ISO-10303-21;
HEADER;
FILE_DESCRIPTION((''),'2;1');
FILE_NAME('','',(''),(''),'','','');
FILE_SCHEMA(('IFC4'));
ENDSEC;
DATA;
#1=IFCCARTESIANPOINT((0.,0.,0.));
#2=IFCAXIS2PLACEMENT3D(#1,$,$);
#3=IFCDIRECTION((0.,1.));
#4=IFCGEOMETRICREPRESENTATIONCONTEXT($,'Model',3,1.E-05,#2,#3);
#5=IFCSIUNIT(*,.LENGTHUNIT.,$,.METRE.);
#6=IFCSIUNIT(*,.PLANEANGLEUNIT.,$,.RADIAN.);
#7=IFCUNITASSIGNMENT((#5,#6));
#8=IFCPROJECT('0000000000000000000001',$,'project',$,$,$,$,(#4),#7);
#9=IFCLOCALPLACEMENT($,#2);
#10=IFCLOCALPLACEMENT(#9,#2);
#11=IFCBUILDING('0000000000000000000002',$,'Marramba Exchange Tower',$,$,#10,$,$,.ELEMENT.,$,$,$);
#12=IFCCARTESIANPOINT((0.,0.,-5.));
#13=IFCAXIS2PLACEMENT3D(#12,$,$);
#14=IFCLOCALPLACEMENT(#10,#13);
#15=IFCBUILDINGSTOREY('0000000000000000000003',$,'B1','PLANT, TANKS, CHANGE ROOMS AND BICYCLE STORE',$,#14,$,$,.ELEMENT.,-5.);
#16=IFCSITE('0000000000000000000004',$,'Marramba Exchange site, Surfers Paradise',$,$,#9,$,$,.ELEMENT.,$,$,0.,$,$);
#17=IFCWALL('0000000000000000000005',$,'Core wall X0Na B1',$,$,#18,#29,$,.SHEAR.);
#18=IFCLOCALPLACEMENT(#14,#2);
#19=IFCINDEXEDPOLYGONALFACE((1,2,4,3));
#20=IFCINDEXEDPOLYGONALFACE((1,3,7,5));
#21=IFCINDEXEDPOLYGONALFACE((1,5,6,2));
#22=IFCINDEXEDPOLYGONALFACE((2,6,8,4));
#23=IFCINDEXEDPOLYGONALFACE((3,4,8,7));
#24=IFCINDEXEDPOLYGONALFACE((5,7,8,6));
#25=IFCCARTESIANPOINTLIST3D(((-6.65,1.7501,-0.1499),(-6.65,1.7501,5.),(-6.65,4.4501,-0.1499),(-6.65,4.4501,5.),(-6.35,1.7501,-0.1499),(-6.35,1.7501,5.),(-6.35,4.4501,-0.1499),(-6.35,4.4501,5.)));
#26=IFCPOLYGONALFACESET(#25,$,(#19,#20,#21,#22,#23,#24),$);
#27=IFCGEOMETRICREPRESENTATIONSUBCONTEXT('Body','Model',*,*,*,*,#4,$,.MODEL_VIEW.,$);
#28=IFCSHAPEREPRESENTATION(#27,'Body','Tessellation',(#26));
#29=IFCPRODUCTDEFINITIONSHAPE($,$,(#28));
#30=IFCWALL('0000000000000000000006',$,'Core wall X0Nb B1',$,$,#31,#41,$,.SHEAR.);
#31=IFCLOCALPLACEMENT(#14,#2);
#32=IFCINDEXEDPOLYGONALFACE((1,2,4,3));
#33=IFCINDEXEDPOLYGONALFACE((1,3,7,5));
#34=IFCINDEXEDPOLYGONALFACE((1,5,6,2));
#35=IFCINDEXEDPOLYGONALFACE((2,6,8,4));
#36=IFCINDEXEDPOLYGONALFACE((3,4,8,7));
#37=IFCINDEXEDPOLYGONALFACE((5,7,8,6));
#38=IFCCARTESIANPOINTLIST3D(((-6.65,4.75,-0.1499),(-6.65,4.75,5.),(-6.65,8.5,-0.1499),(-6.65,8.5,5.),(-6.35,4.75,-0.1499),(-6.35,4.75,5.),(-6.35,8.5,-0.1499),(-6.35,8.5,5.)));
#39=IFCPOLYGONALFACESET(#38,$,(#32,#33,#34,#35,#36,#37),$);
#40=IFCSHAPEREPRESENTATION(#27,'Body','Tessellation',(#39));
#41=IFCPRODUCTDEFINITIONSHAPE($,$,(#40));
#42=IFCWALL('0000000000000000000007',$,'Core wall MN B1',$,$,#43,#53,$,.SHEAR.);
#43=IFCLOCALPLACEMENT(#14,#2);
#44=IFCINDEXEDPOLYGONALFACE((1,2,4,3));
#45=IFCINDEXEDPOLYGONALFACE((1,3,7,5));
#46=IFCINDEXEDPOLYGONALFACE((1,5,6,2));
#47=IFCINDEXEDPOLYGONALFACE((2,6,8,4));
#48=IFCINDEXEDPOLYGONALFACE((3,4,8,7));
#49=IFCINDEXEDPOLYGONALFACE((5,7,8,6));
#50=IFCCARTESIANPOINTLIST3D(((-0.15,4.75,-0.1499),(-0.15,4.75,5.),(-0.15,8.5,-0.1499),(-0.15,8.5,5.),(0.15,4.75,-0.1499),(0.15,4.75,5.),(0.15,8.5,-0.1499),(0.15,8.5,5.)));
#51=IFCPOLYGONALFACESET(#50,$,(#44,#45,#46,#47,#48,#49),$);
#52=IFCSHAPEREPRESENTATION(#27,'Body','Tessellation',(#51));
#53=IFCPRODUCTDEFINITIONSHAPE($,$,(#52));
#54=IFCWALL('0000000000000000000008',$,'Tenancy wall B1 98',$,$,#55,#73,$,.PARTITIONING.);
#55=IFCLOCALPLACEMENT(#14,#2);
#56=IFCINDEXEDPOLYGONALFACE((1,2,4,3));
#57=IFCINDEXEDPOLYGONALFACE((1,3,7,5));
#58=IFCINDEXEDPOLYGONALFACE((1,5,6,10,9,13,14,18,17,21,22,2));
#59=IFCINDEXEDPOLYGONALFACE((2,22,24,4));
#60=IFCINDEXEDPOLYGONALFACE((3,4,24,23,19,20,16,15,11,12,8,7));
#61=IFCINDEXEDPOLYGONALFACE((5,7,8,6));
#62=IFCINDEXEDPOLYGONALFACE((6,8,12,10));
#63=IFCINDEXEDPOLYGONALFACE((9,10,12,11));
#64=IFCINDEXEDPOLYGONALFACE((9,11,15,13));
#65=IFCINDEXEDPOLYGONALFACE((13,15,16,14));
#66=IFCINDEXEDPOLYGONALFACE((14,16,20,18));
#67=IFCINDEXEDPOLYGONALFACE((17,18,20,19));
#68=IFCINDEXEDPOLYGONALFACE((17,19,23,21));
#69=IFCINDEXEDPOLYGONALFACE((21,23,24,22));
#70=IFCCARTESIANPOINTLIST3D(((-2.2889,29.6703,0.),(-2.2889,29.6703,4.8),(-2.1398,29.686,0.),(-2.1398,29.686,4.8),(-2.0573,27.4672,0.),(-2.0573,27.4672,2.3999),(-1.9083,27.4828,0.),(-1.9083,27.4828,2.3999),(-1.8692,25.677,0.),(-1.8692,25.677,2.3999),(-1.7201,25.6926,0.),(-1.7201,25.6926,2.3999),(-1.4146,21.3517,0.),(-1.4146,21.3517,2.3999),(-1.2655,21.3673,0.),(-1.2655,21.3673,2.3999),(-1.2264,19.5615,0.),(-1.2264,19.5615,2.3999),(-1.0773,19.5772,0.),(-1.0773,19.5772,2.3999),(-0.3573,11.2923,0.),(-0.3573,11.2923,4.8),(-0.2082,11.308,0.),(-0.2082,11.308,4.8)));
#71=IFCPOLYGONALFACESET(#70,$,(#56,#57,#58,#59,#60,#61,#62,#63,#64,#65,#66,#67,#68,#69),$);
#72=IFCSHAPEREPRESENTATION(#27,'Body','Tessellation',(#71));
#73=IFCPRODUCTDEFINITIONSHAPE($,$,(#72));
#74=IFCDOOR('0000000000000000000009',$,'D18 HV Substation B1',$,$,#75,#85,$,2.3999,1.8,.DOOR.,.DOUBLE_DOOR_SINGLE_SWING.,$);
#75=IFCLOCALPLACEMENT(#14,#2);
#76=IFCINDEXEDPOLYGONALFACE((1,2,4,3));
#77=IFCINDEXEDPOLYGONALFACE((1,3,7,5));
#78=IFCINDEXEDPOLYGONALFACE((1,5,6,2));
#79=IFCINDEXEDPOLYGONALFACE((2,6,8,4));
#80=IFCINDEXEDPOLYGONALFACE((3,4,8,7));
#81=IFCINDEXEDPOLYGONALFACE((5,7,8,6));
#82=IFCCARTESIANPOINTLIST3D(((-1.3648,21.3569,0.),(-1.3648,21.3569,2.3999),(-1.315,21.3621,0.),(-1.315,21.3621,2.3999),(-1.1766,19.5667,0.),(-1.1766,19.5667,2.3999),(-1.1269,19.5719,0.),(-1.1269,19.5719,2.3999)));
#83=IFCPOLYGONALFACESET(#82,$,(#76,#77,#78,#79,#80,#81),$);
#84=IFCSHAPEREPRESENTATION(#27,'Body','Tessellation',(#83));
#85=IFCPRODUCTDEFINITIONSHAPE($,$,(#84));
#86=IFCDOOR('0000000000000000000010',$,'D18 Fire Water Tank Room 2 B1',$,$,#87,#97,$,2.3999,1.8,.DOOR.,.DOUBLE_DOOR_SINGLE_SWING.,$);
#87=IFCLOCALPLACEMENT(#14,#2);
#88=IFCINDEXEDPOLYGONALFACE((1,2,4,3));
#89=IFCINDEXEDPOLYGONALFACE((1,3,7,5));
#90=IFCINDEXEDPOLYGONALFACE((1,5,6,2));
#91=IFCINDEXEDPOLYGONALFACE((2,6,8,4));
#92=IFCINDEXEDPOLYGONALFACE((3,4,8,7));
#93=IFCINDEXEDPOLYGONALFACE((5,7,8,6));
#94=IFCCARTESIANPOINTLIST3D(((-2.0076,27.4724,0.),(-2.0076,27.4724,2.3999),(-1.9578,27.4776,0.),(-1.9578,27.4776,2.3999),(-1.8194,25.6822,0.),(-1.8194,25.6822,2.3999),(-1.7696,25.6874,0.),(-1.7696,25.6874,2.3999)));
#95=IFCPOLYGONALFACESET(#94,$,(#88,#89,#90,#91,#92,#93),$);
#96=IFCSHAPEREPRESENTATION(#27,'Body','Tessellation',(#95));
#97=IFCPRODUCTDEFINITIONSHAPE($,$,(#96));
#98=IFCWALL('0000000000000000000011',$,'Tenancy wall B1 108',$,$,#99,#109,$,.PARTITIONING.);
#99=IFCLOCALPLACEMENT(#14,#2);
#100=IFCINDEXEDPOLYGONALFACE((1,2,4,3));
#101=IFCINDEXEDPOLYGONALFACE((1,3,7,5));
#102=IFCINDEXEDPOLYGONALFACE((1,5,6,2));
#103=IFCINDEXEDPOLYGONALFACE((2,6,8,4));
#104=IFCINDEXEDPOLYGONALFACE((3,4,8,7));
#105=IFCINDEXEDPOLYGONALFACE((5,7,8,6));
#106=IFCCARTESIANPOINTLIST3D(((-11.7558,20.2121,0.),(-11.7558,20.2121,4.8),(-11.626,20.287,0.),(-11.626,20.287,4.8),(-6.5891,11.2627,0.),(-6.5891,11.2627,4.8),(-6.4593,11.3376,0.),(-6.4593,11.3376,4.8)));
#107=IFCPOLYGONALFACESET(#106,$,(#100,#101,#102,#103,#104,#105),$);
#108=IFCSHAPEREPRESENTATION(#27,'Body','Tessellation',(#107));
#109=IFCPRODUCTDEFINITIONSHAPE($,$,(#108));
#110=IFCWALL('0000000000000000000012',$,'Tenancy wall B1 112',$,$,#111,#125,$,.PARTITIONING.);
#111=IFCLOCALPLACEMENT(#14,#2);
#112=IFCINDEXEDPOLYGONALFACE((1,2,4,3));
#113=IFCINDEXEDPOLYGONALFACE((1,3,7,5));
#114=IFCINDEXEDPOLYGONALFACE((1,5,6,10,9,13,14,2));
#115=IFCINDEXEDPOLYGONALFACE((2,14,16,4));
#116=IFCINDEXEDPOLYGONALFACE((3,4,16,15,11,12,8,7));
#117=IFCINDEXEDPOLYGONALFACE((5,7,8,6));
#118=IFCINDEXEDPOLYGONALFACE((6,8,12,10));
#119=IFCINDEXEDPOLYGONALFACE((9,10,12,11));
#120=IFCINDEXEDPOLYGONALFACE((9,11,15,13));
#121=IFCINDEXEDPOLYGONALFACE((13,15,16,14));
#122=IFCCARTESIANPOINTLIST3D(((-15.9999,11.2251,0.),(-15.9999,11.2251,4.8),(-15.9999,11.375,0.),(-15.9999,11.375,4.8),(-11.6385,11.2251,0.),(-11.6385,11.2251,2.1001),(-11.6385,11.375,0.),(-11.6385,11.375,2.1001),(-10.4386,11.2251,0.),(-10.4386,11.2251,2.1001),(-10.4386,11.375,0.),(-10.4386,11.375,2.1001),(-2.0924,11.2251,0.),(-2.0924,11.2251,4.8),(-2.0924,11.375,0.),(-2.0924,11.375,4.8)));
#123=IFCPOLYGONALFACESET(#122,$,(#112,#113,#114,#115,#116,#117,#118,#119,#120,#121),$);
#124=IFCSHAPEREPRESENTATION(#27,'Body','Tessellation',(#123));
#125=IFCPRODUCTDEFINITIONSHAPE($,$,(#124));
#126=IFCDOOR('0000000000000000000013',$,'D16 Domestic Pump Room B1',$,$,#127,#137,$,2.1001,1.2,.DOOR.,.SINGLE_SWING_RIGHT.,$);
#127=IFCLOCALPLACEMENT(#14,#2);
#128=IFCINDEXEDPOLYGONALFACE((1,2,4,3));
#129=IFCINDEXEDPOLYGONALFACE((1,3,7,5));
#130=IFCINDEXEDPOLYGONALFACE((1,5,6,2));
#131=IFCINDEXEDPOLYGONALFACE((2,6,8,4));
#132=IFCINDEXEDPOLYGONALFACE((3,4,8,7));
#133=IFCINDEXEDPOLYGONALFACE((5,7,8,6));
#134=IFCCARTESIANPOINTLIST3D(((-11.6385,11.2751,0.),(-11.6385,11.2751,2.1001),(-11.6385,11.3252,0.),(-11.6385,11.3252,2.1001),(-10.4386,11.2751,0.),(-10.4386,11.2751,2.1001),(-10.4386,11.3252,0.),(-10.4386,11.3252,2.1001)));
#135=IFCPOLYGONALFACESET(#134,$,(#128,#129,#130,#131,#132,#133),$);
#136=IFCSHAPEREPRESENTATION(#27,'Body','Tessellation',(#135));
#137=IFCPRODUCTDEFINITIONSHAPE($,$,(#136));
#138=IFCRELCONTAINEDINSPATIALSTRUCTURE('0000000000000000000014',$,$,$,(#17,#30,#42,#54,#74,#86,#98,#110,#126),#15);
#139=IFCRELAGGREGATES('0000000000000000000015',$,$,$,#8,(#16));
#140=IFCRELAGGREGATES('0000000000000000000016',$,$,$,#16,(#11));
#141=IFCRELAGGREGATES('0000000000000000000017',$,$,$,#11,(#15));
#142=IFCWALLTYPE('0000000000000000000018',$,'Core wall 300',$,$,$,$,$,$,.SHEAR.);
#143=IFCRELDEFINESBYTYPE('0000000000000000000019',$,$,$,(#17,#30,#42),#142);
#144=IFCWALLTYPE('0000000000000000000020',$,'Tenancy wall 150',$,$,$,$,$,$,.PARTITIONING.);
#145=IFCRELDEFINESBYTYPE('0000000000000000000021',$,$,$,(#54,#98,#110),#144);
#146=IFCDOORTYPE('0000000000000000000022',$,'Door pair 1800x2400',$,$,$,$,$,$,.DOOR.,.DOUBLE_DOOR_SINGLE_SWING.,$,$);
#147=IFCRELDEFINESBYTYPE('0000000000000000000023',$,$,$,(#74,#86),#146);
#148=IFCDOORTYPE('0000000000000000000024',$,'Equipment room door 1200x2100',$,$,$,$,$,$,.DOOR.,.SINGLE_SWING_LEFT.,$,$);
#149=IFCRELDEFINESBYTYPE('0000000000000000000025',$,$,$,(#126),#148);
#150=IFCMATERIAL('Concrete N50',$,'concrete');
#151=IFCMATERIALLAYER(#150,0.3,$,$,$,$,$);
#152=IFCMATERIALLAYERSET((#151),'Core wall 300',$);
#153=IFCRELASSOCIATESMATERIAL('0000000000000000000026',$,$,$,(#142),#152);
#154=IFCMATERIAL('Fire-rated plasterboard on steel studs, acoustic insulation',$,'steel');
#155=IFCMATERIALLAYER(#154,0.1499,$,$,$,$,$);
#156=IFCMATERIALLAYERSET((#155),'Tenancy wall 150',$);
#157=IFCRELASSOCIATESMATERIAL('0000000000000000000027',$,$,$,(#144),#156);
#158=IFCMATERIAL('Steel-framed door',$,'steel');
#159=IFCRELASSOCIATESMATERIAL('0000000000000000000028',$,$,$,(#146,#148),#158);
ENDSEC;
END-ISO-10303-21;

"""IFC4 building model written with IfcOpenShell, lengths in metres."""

from ifc_helpers import new_model, si_unit, direction, frame, frame_2d, origin, place, context, subcontext, project, spatial, rectangle, extrude, material, layer, layer_set, type_object, element, fill, save


model = new_model("IFC4")

# Units and contexts
model_context = context("Model", 3, precision=1e-05, world=origin(), true_north=direction((0.0, 1.0)))
body_context = subcontext(model_context, "Body", "Model", "MODEL_VIEW")
ifc_project = project(units=[si_unit("LENGTHUNIT", "METRE"), si_unit("PLANEANGLEUNIT", "RADIAN")], contexts=[model_context])

# Site, building, storey
site_placement = place(None, origin())
site = spatial("IfcSite", under=ifc_project, at=site_placement, Name="Marramba Exchange site, Surfers Paradise", CompositionType="ELEMENT", RefElevation=0.0)
building_placement = place(site_placement, origin())
building = spatial("IfcBuilding", under=site, at=building_placement, Name="Marramba Exchange Tower", CompositionType="ELEMENT")
storey_placement = place(building_placement, frame((0.0, 0.0, -5.0)))
storey = spatial("IfcBuildingStorey", under=building, at=storey_placement, Name="B1", Description="PLANT, TANKS, CHANGE ROOMS AND BICYCLE STORE", CompositionType="ELEMENT", Elevation=-5.0)

# Shared definitions
ifc_material_1 = material(Name="Concrete N50", Category="concrete")

# Walls
ifc_layer_1 = layer(ifc_material_1, 0.3)
ifc_layer_set_1 = layer_set([ifc_layer_1], Name="Core wall 300")
wall_type_1 = type_object("IfcWallType", Name="Core wall 300", PredefinedType="SHEAR", material=ifc_layer_set_1)
wall_1_placement = place(storey_placement, frame((-6.5, 1.75, -0.1499), z_axis=(0.0, 0.0, 1.0), x_axis=(0.0, 1.0, 0.0)))
element("IfcWall", 1, at=wall_1_placement, inside=storey, type_object=wall_type_1, Name="Core wall X0Na B1", PredefinedType="SHEAR", context=body_context, shape_type="SweptSolid", body=[
    extrude(rectangle(XDim=2.7, YDim=0.3, at=frame_2d((1.3501, 0.0))), origin(), (0.0, 0.0, 1.0), 5.1499),
])
for number, where, z_axis, x_axis, name in (
    (2, (-6.5, 4.75, -0.1499), (0.0, 0.0, 1.0), (0.0, 1.0, 0.0), "Core wall X0Nb B1"),
    (3, (0.0, 4.75, -0.1499), (0.0, 0.0, 1.0), (0.0, 1.0, 0.0), "Core wall MN B1"),
):
    element("IfcWall", number, at=place(storey_placement, frame(where, z_axis=z_axis, x_axis=x_axis)), inside=storey, type_object=wall_type_1, Name=name, PredefinedType="SHEAR", context=body_context, shape_type="SweptSolid", body=[
        extrude(rectangle(XDim=3.75, YDim=0.3, at=frame_2d((1.875, 0.0))), origin(), (0.0, 0.0, 1.0), 5.1499),
    ])

# Wall, openings, doors
ifc_material_2 = material(Name="Fire-rated plasterboard on steel studs, acoustic insulation", Category="steel")
ifc_layer_2 = layer(ifc_material_2, 0.1499)
ifc_layer_set_2 = layer_set([ifc_layer_2], Name="Tenancy wall 150")
wall_type_2 = type_object("IfcWallType", Name="Tenancy wall 150", PredefinedType="PARTITIONING", material=ifc_layer_set_2)
wall_2_placement = place(storey_placement, frame((-0.2827, 11.3, 0.0), z_axis=(0.0, 0.0, 1.0), x_axis=(-0.104531, 0.994522, 0.0)))
wall_2 = element("IfcWall", 4, at=wall_2_placement, inside=storey, type_object=wall_type_2, Name="Tenancy wall B1 98", PredefinedType="PARTITIONING", context=body_context, shape_type="SweptSolid", body=[
    extrude(rectangle(XDim=18.4792, YDim=0.1499, at=frame_2d((9.2397, 0.0))), origin(), (0.0, 0.0, 1.0), 4.8),
])
opening_1_placement = place(wall_2_placement, frame((8.3149, 0.0, 0.0)))
opening_1 = element("IfcOpeningElement", 5, at=opening_1_placement, cuts=wall_2, PredefinedType="OPENING", context=body_context, shape_type="SweptSolid", body=[
    extrude(rectangle(XDim=1.8, YDim=2.3999, at=frame_2d((0.8999, 1.2))), frame((0.0, 0.085, 0.0), z_axis=(0.0, -1.0, 0.0), x_axis=(1.0, 0.0, 0.0)), (0.0, 0.0, 1.0), 0.1699),
])
opening_2_placement = place(wall_2_placement, frame((14.4641, 0.0, 0.0)))
opening_2 = element("IfcOpeningElement", 6, at=opening_2_placement, cuts=wall_2, PredefinedType="OPENING", context=body_context, shape_type="SweptSolid", body=[
    extrude(rectangle(XDim=1.8, YDim=2.3999, at=frame_2d((0.8999, 1.2))), frame((0.0, 0.085, 0.0), z_axis=(0.0, -1.0, 0.0), x_axis=(1.0, 0.0, 0.0)), (0.0, 0.0, 1.0), 0.1699),
])
ifc_material_3 = material(Name="Steel-framed door", Category="steel")
door_type_1 = type_object("IfcDoorType", Name="Door pair 1800x2400", OperationType="DOUBLE_DOOR_SINGLE_SWING", PredefinedType="DOOR", material=ifc_material_3)
door_1_placement = place(opening_1_placement, origin())
door_1 = element("IfcDoor", 7, at=door_1_placement, inside=storey, type_object=door_type_1, Name="D18 HV Substation B1", OperationType="DOUBLE_DOOR_SINGLE_SWING", OverallHeight=2.3999, OverallWidth=1.8, PredefinedType="DOOR", context=body_context, shape_type="SweptSolid", body=[
    extrude(rectangle(XDim=1.8, YDim=2.3999, at=frame_2d((0.8999, 1.2))), frame((0.0, 0.0249, 0.0), z_axis=(0.0, -1.0, 0.0), x_axis=(1.0, 0.0, 0.0)), (0.0, 0.0, 1.0), 0.05),
])
fill(opening_1, door_1)
door_2_placement = place(opening_2_placement, origin())
door_2 = element("IfcDoor", 8, at=door_2_placement, inside=storey, type_object=door_type_1, Name="D18 Fire Water Tank Room 2 B1", OperationType="DOUBLE_DOOR_SINGLE_SWING", OverallHeight=2.3999, OverallWidth=1.8, PredefinedType="DOOR", context=body_context, shape_type="SweptSolid", body=[
    extrude(rectangle(XDim=1.8, YDim=2.3999, at=frame_2d((0.8999, 1.2))), frame((0.0, 0.0249, 0.0), z_axis=(0.0, -1.0, 0.0), x_axis=(1.0, 0.0, 0.0)), (0.0, 0.0, 1.0), 0.05),
])
fill(opening_2, door_2)

# Wall
wall_3_placement = place(storey_placement, frame((-6.5242, 11.3, 0.0), z_axis=(0.0, 0.0, 1.0), x_axis=(-0.499984, 0.866035, 0.0)))
element("IfcWall", 9, at=wall_3_placement, inside=storey, type_object=wall_type_2, Name="Tenancy wall B1 108", PredefinedType="PARTITIONING", context=body_context, shape_type="SweptSolid", body=[
    extrude(rectangle(XDim=10.3337, YDim=0.1499, at=frame_2d((5.167, 0.0))), origin(), (0.0, 0.0, 1.0), 4.8),
])

# Wall, opening, door
wall_4_placement = place(storey_placement, frame((-2.0925, 11.3, 0.0), z_axis=(0.0, 0.0, 1.0), x_axis=(-1.0, 0.0, 0.0)))
wall_4 = element("IfcWall", 10, at=wall_4_placement, inside=storey, type_object=wall_type_2, Name="Tenancy wall B1 112", PredefinedType="PARTITIONING", context=body_context, shape_type="SweptSolid", body=[
    extrude(rectangle(XDim=13.9075, YDim=0.1499, at=frame_2d((6.9536, 0.0))), origin(), (0.0, 0.0, 1.0), 4.8),
])
opening_3_placement = place(wall_4_placement, frame((8.3459, 0.0, 0.0)))
opening_3 = element("IfcOpeningElement", 11, at=opening_3_placement, cuts=wall_4, PredefinedType="OPENING", context=body_context, shape_type="SweptSolid", body=[
    extrude(rectangle(XDim=1.2, YDim=2.1001, at=frame_2d((0.6001, 1.05))), frame((0.0, 0.085, 0.0), z_axis=(0.0, -1.0, 0.0), x_axis=(1.0, 0.0, 0.0)), (0.0, 0.0, 1.0), 0.1699),
])
door_type_2 = type_object("IfcDoorType", Name="Equipment room door 1200x2100", OperationType="SINGLE_SWING_LEFT", PredefinedType="DOOR", material=ifc_material_3)
door_3_placement = place(opening_3_placement, origin())
door_3 = element("IfcDoor", 12, at=door_3_placement, inside=storey, type_object=door_type_2, Name="D16 Domestic Pump Room B1", OperationType="SINGLE_SWING_RIGHT", OverallHeight=2.1001, OverallWidth=1.2, PredefinedType="DOOR", context=body_context, shape_type="SweptSolid", body=[
    extrude(rectangle(XDim=1.2, YDim=2.1001, at=frame_2d((0.6001, 1.05))), frame((0.0, 0.0249, 0.0), z_axis=(0.0, -1.0, 0.0), x_axis=(1.0, 0.0, 0.0)), (0.0, 0.0, 1.0), 0.05),
])
fill(opening_3, door_3)

save(model, "model.ifc")
